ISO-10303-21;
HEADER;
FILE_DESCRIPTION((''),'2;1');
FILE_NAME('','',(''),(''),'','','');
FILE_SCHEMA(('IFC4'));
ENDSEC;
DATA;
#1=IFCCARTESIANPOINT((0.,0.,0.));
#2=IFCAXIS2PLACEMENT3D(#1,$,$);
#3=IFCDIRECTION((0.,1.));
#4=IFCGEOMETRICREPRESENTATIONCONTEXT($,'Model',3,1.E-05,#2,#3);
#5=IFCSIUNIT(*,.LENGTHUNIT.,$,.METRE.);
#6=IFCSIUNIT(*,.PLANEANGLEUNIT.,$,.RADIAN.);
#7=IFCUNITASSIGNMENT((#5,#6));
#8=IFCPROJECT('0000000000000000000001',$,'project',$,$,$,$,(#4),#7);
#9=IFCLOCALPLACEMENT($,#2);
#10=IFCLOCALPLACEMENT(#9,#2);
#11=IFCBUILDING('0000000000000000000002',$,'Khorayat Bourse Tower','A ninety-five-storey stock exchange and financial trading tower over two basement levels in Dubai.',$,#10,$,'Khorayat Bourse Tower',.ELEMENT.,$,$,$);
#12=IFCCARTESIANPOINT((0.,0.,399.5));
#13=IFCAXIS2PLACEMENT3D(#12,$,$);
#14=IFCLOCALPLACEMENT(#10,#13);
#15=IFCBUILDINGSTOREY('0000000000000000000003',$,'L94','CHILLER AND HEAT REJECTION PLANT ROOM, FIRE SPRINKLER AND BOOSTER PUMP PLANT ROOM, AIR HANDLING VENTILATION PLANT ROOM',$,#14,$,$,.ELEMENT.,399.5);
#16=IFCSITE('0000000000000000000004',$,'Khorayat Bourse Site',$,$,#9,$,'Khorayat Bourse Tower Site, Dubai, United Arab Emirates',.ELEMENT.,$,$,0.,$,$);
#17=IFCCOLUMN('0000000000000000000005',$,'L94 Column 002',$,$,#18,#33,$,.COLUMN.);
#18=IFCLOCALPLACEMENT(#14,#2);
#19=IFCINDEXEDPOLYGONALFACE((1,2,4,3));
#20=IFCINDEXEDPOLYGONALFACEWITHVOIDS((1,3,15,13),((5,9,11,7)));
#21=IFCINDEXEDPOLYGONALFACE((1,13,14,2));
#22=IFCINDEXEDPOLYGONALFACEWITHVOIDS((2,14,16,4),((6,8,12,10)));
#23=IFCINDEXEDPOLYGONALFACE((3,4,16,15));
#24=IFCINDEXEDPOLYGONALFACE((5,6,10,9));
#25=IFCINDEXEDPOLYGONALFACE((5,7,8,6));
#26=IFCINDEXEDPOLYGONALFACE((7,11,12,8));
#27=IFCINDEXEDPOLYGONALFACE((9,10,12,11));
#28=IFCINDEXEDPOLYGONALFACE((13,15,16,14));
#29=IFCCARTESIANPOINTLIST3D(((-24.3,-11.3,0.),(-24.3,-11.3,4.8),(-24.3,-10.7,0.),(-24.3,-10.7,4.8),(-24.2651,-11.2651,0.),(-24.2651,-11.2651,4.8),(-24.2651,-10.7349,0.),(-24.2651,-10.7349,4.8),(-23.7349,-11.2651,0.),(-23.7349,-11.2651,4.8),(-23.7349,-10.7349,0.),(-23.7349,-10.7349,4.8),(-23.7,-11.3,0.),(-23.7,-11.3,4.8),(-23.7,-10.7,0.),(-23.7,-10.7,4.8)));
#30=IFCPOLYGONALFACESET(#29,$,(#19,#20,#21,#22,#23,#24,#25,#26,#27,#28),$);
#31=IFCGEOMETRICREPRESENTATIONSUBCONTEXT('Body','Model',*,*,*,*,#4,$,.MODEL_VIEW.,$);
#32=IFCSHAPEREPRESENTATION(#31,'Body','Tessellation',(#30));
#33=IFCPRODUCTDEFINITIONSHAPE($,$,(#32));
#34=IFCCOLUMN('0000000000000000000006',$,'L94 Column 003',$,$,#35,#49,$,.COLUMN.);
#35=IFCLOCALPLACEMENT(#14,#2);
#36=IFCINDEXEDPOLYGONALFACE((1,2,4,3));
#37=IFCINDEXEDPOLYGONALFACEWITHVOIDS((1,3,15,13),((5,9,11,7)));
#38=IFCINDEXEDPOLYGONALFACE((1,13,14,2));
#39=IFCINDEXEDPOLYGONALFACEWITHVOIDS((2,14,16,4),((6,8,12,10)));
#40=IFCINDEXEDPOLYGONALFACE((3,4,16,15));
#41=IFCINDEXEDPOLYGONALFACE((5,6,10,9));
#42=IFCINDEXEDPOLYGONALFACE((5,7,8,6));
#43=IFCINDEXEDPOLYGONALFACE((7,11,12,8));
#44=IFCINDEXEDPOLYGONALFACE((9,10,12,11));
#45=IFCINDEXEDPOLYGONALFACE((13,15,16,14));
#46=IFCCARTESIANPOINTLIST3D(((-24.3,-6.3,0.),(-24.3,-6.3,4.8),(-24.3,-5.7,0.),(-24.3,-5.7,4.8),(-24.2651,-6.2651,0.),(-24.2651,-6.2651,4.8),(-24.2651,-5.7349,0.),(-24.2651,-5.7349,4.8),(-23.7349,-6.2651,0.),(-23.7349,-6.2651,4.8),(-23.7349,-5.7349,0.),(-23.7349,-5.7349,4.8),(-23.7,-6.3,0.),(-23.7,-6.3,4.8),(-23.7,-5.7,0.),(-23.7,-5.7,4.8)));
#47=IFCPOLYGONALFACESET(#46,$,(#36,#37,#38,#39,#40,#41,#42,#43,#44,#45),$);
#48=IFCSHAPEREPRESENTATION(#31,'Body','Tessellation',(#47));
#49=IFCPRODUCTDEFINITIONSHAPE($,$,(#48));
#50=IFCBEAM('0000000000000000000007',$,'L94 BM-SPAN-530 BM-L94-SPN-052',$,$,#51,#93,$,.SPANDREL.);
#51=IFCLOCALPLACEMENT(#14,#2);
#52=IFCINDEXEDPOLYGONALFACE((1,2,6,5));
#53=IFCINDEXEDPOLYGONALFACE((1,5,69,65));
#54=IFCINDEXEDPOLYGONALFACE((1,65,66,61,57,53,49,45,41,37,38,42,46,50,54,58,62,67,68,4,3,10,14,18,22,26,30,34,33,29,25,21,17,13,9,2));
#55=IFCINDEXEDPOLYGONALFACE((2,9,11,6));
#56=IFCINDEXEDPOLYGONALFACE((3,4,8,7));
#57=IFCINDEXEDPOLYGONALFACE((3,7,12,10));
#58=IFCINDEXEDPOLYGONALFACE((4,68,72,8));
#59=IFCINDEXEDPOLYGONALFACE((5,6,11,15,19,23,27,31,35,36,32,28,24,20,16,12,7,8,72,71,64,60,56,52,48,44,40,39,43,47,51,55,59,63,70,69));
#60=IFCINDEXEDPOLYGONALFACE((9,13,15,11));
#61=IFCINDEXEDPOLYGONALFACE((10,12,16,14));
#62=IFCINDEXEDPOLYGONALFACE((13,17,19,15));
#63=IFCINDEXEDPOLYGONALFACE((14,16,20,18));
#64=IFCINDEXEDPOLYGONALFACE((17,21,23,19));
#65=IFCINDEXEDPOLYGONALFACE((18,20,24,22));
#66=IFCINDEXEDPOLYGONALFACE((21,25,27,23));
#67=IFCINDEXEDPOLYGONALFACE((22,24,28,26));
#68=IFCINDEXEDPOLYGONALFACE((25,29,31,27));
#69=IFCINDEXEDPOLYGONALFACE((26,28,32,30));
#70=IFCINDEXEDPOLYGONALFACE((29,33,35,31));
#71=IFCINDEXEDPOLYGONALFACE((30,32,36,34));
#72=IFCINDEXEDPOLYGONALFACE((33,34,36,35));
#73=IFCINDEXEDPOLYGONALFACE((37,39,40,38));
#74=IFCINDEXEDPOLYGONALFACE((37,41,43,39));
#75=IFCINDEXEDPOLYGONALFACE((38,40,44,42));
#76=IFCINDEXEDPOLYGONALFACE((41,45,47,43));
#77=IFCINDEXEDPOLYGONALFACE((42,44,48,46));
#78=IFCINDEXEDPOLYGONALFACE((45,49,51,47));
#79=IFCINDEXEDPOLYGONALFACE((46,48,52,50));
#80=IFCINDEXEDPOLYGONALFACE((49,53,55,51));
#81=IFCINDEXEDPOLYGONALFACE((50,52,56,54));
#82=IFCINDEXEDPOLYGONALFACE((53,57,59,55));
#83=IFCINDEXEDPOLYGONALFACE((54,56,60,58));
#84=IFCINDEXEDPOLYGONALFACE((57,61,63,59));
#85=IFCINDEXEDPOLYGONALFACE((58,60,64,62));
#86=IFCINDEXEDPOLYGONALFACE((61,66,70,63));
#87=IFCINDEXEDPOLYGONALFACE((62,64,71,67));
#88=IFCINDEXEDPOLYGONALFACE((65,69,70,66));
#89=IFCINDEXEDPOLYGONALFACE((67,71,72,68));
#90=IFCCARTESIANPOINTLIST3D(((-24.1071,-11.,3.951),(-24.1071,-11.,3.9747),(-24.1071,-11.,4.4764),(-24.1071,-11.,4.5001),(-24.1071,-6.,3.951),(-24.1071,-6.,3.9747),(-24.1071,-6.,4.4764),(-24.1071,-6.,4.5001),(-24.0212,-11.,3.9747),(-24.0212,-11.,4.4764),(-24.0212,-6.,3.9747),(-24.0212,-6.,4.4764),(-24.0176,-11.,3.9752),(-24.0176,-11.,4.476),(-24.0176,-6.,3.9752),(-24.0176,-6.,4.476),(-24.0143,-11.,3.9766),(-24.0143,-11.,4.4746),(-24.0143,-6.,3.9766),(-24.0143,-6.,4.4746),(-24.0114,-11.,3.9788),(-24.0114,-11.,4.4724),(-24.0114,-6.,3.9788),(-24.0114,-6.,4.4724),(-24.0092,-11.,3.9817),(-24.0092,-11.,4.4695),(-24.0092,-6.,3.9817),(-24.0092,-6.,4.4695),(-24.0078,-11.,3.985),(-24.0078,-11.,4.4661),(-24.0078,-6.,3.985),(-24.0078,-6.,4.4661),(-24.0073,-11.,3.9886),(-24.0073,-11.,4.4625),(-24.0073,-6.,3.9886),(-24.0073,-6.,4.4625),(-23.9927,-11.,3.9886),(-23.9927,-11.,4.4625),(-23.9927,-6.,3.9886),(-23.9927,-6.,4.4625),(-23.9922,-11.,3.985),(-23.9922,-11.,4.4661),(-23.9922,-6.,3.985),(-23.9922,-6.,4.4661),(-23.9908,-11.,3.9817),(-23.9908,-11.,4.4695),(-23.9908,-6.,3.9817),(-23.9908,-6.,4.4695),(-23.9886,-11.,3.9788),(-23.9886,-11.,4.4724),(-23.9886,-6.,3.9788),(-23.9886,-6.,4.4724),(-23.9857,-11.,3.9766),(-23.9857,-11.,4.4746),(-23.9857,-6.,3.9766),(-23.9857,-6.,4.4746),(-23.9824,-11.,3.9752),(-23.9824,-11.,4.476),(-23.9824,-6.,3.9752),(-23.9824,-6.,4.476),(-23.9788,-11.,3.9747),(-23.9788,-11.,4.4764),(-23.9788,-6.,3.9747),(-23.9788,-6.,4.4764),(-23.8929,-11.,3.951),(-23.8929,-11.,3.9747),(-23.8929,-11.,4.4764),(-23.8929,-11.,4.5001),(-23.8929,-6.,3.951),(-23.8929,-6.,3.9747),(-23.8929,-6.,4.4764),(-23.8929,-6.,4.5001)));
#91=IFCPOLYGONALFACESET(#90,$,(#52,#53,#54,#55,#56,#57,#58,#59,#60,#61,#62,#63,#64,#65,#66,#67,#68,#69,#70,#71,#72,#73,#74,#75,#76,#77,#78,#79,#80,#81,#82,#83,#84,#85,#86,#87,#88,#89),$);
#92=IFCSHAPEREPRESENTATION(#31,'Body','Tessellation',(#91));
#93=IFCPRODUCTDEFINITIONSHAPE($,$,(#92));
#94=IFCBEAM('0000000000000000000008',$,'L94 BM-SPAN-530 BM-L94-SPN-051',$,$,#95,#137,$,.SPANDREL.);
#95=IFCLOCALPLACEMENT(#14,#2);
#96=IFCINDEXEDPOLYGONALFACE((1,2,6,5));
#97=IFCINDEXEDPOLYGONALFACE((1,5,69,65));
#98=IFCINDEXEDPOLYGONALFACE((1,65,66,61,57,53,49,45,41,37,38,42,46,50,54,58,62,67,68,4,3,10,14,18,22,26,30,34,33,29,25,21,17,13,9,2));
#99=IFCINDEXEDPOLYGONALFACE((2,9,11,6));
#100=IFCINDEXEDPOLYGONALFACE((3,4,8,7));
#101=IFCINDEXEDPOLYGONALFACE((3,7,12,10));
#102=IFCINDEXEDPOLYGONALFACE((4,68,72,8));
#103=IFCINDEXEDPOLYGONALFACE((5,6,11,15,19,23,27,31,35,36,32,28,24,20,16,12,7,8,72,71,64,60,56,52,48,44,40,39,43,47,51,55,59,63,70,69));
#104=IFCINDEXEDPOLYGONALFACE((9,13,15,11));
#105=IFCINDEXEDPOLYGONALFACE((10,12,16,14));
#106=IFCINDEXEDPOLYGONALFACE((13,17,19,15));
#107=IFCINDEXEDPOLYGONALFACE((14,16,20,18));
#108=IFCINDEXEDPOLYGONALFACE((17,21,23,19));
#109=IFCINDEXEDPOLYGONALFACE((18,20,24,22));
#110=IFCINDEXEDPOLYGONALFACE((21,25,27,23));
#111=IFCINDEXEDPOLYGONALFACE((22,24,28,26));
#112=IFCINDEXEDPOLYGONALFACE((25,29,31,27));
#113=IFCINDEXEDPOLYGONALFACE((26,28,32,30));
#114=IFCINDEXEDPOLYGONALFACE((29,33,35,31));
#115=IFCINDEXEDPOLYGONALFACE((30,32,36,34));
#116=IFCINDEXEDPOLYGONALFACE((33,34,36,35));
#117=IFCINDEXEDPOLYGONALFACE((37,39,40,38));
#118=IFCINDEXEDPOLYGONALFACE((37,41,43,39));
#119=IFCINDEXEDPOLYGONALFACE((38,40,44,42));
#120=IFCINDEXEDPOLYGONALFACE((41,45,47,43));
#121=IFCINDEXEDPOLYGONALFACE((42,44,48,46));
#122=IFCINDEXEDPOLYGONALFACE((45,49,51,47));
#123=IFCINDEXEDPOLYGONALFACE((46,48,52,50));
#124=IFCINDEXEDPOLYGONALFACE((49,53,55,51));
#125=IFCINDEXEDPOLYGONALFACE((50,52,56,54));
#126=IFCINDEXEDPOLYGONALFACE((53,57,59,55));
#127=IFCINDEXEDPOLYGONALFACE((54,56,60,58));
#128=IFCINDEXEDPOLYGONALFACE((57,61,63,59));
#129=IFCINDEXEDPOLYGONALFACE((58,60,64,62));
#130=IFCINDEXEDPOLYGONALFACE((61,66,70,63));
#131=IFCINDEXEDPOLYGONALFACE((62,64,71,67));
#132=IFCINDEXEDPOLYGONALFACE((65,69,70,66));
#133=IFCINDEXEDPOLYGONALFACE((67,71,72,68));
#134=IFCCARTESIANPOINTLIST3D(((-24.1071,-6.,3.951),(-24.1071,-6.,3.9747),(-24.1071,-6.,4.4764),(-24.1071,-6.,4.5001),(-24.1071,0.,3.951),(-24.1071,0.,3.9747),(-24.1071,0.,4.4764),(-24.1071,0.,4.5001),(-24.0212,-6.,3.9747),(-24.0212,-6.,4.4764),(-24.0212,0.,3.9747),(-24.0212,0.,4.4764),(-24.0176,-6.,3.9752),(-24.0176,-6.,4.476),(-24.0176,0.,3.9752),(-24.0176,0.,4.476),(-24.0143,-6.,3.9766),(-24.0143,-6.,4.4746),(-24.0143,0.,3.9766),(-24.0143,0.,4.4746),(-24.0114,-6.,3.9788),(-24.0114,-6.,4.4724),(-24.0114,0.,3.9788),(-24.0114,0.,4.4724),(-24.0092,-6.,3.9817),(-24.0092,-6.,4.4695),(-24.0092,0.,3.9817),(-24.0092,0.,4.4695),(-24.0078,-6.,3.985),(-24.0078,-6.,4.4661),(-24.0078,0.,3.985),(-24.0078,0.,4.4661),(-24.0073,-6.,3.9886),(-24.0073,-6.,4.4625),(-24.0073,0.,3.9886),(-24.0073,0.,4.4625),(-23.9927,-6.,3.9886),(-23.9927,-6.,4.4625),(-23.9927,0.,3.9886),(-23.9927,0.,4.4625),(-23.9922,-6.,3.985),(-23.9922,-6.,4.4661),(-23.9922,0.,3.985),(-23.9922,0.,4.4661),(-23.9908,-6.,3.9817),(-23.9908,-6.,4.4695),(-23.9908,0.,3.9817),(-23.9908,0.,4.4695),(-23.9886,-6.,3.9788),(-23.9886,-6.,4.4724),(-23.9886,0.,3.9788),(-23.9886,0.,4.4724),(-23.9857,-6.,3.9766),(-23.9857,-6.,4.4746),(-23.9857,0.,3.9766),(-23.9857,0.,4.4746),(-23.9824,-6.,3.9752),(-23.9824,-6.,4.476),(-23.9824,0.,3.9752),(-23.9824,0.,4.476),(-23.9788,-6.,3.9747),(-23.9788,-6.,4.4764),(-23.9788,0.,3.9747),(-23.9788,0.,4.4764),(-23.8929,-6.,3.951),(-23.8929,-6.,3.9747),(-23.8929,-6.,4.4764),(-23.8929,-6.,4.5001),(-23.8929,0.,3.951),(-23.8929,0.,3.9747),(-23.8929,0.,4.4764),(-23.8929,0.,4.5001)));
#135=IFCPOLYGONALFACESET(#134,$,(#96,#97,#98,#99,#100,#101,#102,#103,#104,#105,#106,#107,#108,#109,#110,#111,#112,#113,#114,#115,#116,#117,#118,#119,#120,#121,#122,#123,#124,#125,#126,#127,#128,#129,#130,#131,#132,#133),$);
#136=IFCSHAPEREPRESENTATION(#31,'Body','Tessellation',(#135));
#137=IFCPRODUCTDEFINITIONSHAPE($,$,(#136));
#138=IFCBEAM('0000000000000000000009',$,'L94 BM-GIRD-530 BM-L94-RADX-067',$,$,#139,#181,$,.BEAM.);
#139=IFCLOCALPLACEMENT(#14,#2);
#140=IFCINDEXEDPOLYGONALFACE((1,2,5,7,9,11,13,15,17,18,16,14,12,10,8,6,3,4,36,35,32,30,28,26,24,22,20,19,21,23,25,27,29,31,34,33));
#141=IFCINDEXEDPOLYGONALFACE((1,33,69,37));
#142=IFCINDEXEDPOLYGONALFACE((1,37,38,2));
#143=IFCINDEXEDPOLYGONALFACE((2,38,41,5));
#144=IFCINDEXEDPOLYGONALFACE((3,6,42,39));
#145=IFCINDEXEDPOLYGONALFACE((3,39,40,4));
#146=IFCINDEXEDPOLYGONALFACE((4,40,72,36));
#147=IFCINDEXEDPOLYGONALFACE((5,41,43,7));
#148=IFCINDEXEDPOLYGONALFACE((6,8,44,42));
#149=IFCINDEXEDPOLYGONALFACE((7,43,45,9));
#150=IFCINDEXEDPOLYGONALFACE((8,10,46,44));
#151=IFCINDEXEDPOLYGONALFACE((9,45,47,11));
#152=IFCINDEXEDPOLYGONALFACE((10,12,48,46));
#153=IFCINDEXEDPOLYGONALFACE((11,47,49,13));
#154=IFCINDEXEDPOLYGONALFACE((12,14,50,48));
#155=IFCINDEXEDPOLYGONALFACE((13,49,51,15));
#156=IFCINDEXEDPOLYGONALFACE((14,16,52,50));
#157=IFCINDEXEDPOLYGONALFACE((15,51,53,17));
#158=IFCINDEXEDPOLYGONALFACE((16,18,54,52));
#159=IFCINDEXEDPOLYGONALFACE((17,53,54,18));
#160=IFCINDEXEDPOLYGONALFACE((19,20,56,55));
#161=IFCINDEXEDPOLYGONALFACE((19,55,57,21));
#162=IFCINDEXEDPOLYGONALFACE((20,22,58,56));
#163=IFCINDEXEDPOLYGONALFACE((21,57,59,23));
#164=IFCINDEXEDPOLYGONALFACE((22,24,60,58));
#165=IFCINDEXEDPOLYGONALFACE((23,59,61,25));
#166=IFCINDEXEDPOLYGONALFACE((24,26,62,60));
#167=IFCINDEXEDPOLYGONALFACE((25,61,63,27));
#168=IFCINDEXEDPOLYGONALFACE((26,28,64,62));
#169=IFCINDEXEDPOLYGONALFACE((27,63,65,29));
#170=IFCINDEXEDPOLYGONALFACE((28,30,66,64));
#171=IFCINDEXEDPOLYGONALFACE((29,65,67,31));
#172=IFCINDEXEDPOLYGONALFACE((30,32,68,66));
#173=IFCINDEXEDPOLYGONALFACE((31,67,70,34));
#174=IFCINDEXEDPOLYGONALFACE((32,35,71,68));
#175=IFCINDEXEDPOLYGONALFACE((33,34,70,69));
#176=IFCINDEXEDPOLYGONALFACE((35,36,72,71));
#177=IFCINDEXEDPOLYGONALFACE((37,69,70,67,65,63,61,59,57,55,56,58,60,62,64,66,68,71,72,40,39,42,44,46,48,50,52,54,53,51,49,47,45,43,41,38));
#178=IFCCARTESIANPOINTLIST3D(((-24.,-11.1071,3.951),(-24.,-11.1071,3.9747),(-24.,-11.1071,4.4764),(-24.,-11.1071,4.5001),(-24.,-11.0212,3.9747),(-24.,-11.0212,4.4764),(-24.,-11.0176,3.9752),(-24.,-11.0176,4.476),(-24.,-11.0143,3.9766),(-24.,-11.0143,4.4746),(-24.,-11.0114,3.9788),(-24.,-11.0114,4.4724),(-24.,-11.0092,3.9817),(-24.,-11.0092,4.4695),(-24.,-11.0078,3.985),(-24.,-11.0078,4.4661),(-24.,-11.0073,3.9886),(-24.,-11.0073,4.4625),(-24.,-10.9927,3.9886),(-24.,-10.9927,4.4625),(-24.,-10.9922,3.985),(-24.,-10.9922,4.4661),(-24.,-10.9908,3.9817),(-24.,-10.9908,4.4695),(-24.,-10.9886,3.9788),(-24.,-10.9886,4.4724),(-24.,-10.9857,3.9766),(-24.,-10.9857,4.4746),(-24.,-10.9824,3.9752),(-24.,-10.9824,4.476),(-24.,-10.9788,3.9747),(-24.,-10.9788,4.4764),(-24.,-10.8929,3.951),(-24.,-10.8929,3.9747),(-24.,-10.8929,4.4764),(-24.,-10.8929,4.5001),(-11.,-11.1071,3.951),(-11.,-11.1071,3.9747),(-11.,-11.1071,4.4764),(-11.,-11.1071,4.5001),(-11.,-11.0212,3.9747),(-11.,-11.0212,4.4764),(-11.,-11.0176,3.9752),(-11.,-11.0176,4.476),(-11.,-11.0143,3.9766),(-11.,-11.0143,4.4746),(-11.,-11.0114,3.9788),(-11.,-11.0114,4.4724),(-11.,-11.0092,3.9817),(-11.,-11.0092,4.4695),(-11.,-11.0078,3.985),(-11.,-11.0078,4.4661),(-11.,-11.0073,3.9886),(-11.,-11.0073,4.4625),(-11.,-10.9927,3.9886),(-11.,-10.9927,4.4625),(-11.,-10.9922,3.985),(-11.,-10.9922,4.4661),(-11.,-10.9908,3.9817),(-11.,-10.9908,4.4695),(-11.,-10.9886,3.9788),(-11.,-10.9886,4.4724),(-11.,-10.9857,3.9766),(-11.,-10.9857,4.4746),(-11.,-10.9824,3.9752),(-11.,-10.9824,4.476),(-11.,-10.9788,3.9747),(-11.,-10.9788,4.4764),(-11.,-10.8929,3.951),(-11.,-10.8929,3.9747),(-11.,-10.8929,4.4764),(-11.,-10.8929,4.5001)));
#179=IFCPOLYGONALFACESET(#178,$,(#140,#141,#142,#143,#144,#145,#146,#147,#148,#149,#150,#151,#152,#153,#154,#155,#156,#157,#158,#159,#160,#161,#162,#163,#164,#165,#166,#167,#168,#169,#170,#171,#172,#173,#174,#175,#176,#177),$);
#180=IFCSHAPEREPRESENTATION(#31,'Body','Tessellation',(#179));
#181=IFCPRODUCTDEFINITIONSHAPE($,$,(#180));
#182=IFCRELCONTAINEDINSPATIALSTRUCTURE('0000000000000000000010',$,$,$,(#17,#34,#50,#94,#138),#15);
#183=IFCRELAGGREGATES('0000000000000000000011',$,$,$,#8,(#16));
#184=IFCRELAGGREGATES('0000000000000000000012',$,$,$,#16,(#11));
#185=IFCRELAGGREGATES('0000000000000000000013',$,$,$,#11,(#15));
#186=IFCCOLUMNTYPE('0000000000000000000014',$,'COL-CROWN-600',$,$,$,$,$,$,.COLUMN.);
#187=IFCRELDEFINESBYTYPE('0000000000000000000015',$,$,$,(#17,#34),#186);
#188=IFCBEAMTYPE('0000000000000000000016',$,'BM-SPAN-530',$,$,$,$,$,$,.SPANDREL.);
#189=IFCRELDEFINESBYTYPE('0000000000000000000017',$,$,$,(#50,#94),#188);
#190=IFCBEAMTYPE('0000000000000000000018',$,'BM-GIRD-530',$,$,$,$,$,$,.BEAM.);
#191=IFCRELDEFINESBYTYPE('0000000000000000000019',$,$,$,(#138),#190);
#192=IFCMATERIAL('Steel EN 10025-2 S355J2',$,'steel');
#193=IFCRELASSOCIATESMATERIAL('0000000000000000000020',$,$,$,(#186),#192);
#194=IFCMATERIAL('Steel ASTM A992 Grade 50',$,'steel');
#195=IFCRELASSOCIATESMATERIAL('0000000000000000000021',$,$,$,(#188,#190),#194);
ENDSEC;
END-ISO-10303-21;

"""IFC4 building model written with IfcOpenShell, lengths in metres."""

from ifc_helpers import new_model, si_unit, direction, frame, origin, origin_2d, place, context, subcontext, project, spatial, hollow_rectangle, i_section, extrude, source, transform, mapped, material, material_profile, profile_set, type_object, element, save


model = new_model("IFC4")

# Units and contexts
model_context = context("Model", 3, precision=1e-05, world=origin(), true_north=direction((0.0, 1.0)))
body_context = subcontext(model_context, "Body", "Model", "MODEL_VIEW")
ifc_project = project(units=[si_unit("LENGTHUNIT", "METRE"), si_unit("PLANEANGLEUNIT", "RADIAN")], contexts=[model_context])

# Site, building, storey
site_placement = place(None, origin())
site = spatial("IfcSite", under=ifc_project, at=site_placement, Name="Khorayat Bourse Site", LongName="Khorayat Bourse Tower Site, Dubai, United Arab Emirates", CompositionType="ELEMENT", RefElevation=0.0)
building_placement = place(site_placement, origin())
building = spatial("IfcBuilding", under=site, at=building_placement, Name="Khorayat Bourse Tower", Description="A ninety-five-storey stock exchange and financial trading tower over two basement levels in Dubai.", LongName="Khorayat Bourse Tower", CompositionType="ELEMENT")
storey_placement = place(building_placement, frame((0.0, 0.0, 399.5)))
storey = spatial("IfcBuildingStorey", under=building, at=storey_placement, Name="L94", Description="CHILLER AND HEAT REJECTION PLANT ROOM, FIRE SPRINKLER AND BOOSTER PUMP PLANT ROOM, AIR HANDLING VENTILATION PLANT ROOM", CompositionType="ELEMENT", Elevation=399.5)

# Columns
ifc_material_1 = material(Name="Steel EN 10025-2 S355J2", Category="steel")
ifc_material_profile_1 = material_profile(ifc_material_1, hollow_rectangle(XDim=0.6001, YDim=0.6001, WallThickness=0.0349, at=origin_2d()), Name="BOX 600x600x35")
ifc_profile_set_1 = profile_set([ifc_material_profile_1], Name="Steel EN 10025-2 S355J2")
column_type = type_object("IfcColumnType", Name="COL-CROWN-600", PredefinedType="COLUMN", material=ifc_profile_set_1)
shared_shape_1 = source(origin(), body_context, "Body", "SweptSolid", [
    extrude(hollow_rectangle(XDim=0.6001, YDim=0.6001, WallThickness=0.0349, at=origin_2d()), origin(), (0.0, 0.0, 1.0), 4.8),
])
for number, where, z_axis, x_axis, name in (
    (1, (-24.0, -11.0, 0.0), (0.0, 0.0, 1.0), (1.0, 0.0, 0.0), "L94 Column 002"),
    (2, (-24.0, -6.0, 0.0), (0.0, 0.0, 1.0), (1.0, 0.0, 0.0), "L94 Column 003"),
):
    element("IfcColumn", number, at=place(storey_placement, frame(where, z_axis=z_axis, x_axis=x_axis)), inside=storey, type_object=column_type, Name=name, PredefinedType="COLUMN", context=body_context, shape_type="MappedRepresentation", body=[
        mapped(shared_shape_1, transform((0.0, 0.0, 0.0), scale=1.0)),
    ])

# Beams
ifc_material_2 = material(Name="Steel ASTM A992 Grade 50", Category="steel")
ifc_material_profile_2 = material_profile(ifc_material_2, i_section(OverallWidth=0.2141, OverallDepth=0.5491, WebThickness=0.0146, FlangeThickness=0.0237, FilletRadius=0.0139, at=origin_2d()), Name="W530X138")
ifc_profile_set_2 = profile_set([ifc_material_profile_2], Name="Steel ASTM A992 Grade 50")
beam_type_1 = type_object("IfcBeamType", Name="BM-SPAN-530", PredefinedType="SPANDREL", material=ifc_profile_set_2)
shared_shape_2 = source(origin(), body_context, "Body", "SweptSolid", [
    extrude(i_section(OverallWidth=0.2141, OverallDepth=0.5491, WebThickness=0.0146, FlangeThickness=0.0237, FilletRadius=0.0139, at=origin_2d()), origin(), (0.0, 0.0, 1.0), 5.0),
])
beam_1_placement = place(storey_placement, frame((-24.0, -11.0, 4.2256), z_axis=(0.0, 1.0, 0.0), x_axis=(-1.0, 0.0, 0.0)))
element("IfcBeam", 3, at=beam_1_placement, inside=storey, type_object=beam_type_1, Name="L94 BM-SPAN-530 BM-L94-SPN-052", PredefinedType="SPANDREL", context=body_context, shape_type="MappedRepresentation", body=[
    mapped(shared_shape_2, transform((0.0, 0.0, 0.0), scale=1.0)),
])
shared_shape_3 = source(origin(), body_context, "Body", "SweptSolid", [
    extrude(i_section(OverallWidth=0.2141, OverallDepth=0.5491, WebThickness=0.0146, FlangeThickness=0.0237, FilletRadius=0.0139, at=origin_2d()), origin(), (0.0, 0.0, 1.0), 6.0),
])
beam_2_placement = place(storey_placement, frame((-24.0, -6.0, 4.2256), z_axis=(0.0, 1.0, 0.0), x_axis=(-1.0, 0.0, 0.0)))
element("IfcBeam", 4, at=beam_2_placement, inside=storey, type_object=beam_type_1, Name="L94 BM-SPAN-530 BM-L94-SPN-051", PredefinedType="SPANDREL", context=body_context, shape_type="MappedRepresentation", body=[
    mapped(shared_shape_3, transform((0.0, 0.0, 0.0), scale=1.0)),
])
ifc_material_profile_3 = material_profile(ifc_material_2, i_section(OverallWidth=0.2141, OverallDepth=0.5491, WebThickness=0.0146, FlangeThickness=0.0237, FilletRadius=0.0139, at=origin_2d()), Name="W530X138")
ifc_profile_set_3 = profile_set([ifc_material_profile_3], Name="Steel ASTM A992 Grade 50")
beam_type_2 = type_object("IfcBeamType", Name="BM-GIRD-530", PredefinedType="BEAM", material=ifc_profile_set_3)
shared_shape_4 = source(origin(), body_context, "Body", "SweptSolid", [
    extrude(i_section(OverallWidth=0.2141, OverallDepth=0.5491, WebThickness=0.0146, FlangeThickness=0.0237, FilletRadius=0.0139, at=origin_2d()), origin(), (0.0, 0.0, 1.0), 13.0),
])
for number, where, z_axis, x_axis, name in (
    (5, (-24.0, -11.0, 4.2256), (1.0, 0.0, 0.0), (0.0, 1.0, 0.0), "L94 BM-GIRD-530 BM-L94-RADX-067"),
):
    element("IfcBeam", number, at=place(storey_placement, frame(where, z_axis=z_axis, x_axis=x_axis)), inside=storey, type_object=beam_type_2, Name=name, PredefinedType="BEAM", context=body_context, shape_type="MappedRepresentation", body=[
        mapped(shared_shape_4, transform((0.0, 0.0, 0.0), scale=1.0)),
    ])

save(model, "model.ifc")
